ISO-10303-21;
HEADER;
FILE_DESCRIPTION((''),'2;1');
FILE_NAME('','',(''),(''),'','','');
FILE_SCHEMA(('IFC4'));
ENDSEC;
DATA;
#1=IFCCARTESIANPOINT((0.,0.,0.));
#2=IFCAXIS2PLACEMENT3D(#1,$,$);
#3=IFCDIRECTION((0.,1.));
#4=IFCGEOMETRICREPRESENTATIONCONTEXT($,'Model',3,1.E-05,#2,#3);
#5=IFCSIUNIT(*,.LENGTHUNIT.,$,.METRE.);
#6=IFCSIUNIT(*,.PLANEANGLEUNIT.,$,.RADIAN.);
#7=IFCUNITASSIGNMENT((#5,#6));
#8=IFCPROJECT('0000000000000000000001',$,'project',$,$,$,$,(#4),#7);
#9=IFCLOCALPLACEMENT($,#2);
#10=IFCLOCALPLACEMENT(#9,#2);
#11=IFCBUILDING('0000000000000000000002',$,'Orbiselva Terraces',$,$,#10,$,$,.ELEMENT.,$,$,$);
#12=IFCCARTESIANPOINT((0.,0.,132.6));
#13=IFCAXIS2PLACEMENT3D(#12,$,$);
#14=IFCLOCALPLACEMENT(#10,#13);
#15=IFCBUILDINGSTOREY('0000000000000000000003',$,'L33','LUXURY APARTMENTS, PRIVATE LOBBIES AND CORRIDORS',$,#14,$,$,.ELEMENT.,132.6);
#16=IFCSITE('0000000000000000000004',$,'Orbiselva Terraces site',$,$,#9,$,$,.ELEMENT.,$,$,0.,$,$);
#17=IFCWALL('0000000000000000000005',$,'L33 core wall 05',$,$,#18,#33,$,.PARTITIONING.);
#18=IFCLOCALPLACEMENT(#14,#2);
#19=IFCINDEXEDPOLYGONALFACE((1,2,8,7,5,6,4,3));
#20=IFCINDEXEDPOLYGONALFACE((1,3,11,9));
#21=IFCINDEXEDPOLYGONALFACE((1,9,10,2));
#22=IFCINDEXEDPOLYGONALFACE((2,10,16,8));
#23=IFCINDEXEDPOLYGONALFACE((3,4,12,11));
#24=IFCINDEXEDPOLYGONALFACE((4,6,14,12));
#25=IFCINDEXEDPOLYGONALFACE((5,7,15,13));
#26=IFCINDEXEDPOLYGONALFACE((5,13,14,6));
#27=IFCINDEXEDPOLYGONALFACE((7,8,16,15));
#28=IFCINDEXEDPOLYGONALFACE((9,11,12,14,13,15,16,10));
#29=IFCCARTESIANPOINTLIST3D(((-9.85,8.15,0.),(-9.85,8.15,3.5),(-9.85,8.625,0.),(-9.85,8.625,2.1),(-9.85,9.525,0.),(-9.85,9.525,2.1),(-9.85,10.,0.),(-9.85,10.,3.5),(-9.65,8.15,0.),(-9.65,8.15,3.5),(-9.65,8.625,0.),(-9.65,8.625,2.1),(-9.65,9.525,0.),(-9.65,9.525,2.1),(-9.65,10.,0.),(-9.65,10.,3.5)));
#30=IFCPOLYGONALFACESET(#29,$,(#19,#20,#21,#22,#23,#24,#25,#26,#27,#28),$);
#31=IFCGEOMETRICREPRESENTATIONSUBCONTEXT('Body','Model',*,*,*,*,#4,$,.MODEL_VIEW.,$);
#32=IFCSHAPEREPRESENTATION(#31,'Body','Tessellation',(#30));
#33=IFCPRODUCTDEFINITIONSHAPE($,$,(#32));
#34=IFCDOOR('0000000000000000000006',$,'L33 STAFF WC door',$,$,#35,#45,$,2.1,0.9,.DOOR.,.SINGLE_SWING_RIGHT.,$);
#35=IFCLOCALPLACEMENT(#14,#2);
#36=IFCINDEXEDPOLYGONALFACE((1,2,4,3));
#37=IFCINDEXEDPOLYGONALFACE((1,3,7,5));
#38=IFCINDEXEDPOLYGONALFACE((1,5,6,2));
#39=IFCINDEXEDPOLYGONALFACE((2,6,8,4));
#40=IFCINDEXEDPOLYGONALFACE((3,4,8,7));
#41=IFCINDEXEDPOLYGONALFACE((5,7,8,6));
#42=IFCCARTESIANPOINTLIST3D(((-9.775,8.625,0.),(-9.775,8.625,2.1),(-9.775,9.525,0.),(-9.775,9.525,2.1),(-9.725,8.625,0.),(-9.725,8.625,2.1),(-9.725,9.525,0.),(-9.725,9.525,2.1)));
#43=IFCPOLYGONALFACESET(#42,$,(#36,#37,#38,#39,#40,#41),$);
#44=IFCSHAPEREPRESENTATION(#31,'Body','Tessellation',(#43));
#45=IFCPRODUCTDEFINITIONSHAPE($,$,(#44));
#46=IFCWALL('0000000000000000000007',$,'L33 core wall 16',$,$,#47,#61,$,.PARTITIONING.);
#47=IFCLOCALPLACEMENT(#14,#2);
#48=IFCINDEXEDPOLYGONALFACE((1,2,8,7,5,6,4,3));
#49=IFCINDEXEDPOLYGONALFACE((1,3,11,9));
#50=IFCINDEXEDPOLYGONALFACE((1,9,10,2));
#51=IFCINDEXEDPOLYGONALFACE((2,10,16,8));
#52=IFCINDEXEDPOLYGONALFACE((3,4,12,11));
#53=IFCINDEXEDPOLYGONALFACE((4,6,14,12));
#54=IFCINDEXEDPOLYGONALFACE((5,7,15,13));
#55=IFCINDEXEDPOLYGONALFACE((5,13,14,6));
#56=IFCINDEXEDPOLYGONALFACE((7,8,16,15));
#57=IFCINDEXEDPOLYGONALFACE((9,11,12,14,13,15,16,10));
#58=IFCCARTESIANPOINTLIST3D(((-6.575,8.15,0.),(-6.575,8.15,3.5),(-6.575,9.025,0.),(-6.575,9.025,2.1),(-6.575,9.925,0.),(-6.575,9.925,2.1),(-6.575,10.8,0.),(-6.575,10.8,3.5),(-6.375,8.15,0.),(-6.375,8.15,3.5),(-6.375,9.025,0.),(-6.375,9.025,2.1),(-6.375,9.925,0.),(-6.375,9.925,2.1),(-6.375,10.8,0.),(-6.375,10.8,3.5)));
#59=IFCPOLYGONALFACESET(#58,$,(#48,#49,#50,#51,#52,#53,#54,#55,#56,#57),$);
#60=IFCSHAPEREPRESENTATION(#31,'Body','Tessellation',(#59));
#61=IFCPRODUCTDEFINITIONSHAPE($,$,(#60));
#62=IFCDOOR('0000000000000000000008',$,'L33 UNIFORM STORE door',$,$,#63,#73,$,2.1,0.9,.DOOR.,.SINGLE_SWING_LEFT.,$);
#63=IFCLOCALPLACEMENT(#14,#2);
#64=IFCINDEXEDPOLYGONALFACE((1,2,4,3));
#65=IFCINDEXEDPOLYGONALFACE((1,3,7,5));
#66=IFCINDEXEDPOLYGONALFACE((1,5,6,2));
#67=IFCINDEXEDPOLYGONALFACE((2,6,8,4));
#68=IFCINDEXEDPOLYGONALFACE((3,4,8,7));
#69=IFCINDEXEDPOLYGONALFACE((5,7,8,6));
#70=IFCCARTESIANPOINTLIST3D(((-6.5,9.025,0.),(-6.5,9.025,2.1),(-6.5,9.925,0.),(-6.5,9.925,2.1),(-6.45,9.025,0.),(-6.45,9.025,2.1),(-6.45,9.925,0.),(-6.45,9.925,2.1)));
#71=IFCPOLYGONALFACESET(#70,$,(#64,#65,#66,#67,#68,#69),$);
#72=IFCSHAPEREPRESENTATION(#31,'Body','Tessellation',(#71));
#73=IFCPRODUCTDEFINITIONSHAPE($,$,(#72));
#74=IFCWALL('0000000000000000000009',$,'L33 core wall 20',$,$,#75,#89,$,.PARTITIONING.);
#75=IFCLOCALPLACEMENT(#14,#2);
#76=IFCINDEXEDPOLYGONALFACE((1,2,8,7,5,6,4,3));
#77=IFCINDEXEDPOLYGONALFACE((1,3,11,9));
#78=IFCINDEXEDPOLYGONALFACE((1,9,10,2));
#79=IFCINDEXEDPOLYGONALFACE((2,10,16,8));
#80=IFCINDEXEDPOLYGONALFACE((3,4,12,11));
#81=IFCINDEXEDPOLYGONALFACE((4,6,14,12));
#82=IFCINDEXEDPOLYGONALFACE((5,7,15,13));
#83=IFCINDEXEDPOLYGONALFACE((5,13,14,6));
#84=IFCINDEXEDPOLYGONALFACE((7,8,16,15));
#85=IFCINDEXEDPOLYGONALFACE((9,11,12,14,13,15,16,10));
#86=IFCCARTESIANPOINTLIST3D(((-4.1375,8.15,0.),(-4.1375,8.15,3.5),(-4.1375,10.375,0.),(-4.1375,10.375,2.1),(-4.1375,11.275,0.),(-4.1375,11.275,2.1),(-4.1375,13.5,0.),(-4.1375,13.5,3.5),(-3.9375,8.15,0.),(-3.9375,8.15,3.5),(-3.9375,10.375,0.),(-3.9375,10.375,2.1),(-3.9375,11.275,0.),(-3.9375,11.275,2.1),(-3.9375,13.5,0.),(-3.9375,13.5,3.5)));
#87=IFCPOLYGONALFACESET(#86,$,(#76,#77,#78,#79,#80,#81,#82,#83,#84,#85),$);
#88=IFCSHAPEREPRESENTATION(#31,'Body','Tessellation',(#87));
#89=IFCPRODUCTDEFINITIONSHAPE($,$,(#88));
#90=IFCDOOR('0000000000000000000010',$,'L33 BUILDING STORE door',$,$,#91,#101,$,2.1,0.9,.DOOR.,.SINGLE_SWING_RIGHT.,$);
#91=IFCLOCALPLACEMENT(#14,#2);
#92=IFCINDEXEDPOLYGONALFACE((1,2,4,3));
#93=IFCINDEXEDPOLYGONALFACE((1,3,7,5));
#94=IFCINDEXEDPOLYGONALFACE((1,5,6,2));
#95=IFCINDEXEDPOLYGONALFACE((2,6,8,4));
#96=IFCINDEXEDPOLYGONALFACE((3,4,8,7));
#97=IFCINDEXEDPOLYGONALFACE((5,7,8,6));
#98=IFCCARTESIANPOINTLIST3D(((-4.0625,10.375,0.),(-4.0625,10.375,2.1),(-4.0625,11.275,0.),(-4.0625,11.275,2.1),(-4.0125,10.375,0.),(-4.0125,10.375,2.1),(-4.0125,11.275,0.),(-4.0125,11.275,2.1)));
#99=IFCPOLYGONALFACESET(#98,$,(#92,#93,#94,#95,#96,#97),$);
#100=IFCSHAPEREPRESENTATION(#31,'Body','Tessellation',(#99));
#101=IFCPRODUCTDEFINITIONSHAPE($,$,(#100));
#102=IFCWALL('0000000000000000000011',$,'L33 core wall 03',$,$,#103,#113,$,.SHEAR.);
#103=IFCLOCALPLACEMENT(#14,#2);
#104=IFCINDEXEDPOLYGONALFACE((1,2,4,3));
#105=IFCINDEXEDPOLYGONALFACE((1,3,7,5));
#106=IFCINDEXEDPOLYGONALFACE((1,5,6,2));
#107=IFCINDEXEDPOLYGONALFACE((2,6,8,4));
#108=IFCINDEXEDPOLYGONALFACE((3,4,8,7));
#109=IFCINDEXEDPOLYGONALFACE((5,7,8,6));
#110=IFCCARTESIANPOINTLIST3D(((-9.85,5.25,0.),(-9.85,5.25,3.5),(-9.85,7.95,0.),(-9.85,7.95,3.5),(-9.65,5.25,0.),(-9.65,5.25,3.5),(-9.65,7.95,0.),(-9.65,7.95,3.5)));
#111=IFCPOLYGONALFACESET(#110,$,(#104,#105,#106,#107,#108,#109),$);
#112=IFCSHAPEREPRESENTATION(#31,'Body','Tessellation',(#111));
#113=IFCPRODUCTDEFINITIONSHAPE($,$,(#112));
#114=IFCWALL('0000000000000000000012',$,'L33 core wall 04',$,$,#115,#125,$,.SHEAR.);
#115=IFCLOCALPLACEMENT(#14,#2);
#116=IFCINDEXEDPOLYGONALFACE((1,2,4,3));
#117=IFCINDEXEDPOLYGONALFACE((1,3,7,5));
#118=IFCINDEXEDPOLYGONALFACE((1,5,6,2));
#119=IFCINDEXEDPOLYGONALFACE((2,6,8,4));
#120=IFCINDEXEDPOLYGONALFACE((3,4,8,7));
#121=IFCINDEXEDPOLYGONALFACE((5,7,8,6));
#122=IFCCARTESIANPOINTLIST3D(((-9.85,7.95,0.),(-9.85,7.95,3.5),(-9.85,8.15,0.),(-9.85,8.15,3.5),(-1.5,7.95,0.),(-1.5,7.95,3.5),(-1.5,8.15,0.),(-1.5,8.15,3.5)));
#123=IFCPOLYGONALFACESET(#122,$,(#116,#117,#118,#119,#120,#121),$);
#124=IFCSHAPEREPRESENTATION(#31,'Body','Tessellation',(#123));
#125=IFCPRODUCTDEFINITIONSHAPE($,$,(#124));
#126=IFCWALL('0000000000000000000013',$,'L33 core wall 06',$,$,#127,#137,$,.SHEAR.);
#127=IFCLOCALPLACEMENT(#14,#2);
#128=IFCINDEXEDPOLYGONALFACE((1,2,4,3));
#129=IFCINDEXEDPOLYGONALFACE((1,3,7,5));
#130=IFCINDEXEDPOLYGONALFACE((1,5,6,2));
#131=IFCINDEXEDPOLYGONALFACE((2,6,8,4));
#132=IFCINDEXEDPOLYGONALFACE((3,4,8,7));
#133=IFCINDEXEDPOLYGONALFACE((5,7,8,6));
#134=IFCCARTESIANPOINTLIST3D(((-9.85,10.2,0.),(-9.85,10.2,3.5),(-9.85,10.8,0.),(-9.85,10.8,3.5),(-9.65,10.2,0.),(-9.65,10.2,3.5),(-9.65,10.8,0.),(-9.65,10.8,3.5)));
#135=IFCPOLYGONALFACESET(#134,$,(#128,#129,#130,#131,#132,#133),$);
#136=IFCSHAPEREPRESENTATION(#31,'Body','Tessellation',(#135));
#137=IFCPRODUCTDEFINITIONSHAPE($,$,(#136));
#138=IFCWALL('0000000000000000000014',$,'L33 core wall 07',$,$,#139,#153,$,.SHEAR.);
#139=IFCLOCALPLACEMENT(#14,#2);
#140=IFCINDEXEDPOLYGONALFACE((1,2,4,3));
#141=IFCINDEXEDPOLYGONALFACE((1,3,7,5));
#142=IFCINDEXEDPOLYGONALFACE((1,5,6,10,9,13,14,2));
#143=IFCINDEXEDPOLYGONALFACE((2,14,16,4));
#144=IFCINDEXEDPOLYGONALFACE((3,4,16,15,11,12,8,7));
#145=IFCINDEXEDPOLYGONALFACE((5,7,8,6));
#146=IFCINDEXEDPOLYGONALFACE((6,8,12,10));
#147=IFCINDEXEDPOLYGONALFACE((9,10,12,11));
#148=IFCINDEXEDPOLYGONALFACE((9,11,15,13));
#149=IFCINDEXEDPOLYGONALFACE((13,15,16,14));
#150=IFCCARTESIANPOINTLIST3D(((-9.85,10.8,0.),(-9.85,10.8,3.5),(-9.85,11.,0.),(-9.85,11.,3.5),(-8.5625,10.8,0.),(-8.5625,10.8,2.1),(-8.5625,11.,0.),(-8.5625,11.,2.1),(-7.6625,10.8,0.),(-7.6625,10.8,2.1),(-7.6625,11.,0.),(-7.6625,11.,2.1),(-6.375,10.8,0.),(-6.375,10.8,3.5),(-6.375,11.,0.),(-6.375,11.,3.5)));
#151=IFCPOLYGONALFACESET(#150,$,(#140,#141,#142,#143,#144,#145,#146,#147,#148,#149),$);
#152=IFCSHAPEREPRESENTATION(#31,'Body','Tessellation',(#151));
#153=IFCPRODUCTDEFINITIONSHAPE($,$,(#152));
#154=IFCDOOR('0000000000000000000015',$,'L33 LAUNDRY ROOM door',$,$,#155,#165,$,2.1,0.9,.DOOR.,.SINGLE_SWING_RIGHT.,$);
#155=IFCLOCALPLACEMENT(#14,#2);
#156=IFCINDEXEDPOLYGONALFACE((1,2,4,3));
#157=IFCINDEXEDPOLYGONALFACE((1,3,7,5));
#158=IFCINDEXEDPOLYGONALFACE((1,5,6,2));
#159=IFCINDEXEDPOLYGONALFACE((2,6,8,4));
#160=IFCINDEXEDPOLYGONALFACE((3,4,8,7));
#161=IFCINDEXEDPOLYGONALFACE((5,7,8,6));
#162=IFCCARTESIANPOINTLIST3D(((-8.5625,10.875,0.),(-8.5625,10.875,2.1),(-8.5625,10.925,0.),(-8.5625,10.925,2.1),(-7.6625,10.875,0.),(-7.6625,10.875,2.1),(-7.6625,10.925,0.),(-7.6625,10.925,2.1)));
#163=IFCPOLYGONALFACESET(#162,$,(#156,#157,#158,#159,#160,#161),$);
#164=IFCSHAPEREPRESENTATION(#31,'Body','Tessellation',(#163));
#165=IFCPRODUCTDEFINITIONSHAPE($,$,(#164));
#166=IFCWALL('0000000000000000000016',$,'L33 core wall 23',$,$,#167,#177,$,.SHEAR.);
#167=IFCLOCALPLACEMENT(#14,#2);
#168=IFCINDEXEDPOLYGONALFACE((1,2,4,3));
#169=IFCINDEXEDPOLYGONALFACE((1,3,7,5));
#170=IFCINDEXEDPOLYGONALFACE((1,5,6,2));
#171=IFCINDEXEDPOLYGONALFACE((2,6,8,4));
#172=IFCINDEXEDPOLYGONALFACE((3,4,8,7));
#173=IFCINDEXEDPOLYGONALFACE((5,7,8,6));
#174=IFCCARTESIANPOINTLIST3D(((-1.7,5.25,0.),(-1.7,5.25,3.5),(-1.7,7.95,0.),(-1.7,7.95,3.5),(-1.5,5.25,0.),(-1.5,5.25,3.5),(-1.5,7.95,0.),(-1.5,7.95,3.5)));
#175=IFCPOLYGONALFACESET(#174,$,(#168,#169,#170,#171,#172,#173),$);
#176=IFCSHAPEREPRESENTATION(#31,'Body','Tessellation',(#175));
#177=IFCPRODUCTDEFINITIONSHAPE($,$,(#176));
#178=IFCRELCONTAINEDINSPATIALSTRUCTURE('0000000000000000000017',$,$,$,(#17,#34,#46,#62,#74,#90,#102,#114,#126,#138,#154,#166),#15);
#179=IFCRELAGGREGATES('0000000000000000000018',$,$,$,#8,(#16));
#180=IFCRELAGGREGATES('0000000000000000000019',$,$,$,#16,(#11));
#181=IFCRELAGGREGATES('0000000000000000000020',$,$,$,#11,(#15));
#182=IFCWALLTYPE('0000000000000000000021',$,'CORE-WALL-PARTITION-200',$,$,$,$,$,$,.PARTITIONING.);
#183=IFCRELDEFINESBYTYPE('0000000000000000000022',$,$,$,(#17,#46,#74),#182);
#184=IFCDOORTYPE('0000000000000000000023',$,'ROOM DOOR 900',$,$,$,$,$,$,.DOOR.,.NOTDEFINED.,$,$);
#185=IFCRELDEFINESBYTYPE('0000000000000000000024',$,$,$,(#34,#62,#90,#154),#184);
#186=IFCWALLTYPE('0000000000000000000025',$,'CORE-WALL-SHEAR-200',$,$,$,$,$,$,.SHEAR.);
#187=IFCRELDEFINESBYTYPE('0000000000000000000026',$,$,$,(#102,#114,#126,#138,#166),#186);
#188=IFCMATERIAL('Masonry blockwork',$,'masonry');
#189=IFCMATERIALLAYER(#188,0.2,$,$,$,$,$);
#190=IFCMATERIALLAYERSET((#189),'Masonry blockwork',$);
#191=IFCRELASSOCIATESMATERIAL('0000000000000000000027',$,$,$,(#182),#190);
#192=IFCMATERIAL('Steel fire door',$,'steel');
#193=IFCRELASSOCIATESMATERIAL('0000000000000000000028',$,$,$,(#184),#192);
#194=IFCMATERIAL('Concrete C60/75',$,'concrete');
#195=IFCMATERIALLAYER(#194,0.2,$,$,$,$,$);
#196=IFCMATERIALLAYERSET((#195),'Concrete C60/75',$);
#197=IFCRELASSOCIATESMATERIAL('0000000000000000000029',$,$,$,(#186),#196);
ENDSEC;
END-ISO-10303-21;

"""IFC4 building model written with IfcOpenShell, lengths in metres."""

from ifc_helpers import new_model, si_unit, direction, frame, frame_2d, origin, place, context, subcontext, project, spatial, rectangle, extrude, material, layer, layer_set, type_object, element, fill, save


model = new_model("IFC4")

# Units and contexts
model_context = context("Model", 3, precision=1e-05, world=origin(), true_north=direction((0.0, 1.0)))
body_context = subcontext(model_context, "Body", "Model", "MODEL_VIEW")
ifc_project = project(units=[si_unit("LENGTHUNIT", "METRE"), si_unit("PLANEANGLEUNIT", "RADIAN")], contexts=[model_context])

# Site, building, storey
site_placement = place(None, origin())
site = spatial("IfcSite", under=ifc_project, at=site_placement, Name="Orbiselva Terraces site", CompositionType="ELEMENT", RefElevation=0.0)
building_placement = place(site_placement, origin())
building = spatial("IfcBuilding", under=site, at=building_placement, Name="Orbiselva Terraces", CompositionType="ELEMENT")
storey_placement = place(building_placement, frame((0.0, 0.0, 132.6)))
storey = spatial("IfcBuildingStorey", under=building, at=storey_placement, Name="L33", Description="LUXURY APARTMENTS, PRIVATE LOBBIES AND CORRIDORS", CompositionType="ELEMENT", Elevation=132.6)

# Walls, openings, doors
ifc_material_1 = material(Name="Masonry blockwork", Category="masonry")
ifc_layer_1 = layer(ifc_material_1, 0.2)
ifc_layer_set_1 = layer_set([ifc_layer_1], Name="Masonry blockwork")
wall_type_1 = type_object("IfcWallType", Name="CORE-WALL-PARTITION-200", PredefinedType="PARTITIONING", material=ifc_layer_set_1)
wall_1_placement = place(storey_placement, frame((-9.75, 8.15, 0.0), z_axis=(0.0, 0.0, 1.0), x_axis=(0.0, 1.0, 0.0)))
wall_1 = element("IfcWall", 1, at=wall_1_placement, inside=storey, type_object=wall_type_1, Name="L33 core wall 05", PredefinedType="PARTITIONING", context=body_context, shape_type="SweptSolid", body=[
    extrude(rectangle(XDim=1.85, YDim=0.2, at=frame_2d((0.925, 0.0))), origin(), (0.0, 0.0, 1.0), 3.5),
])
opening_1_placement = place(wall_1_placement, frame((0.475, 0.0, 0.0)))
opening_1 = element("IfcOpeningElement", 2, at=opening_1_placement, cuts=wall_1, PredefinedType="OPENING", context=body_context, shape_type="SweptSolid", body=[
    extrude(rectangle(XDim=0.9, YDim=2.1, at=frame_2d((0.45, 1.05))), frame((0.0, 0.11, 0.0), z_axis=(0.0, -1.0, 0.0), x_axis=(1.0, 0.0, 0.0)), (0.0, 0.0, 1.0), 0.22),
])
ifc_material_2 = material(Name="Steel fire door", Category="steel")
door_type = type_object("IfcDoorType", Name="ROOM DOOR 900", OperationType="NOTDEFINED", PredefinedType="DOOR", material=ifc_material_2)
door_1_placement = place(opening_1_placement, origin())
door_1 = element("IfcDoor", 3, at=door_1_placement, inside=storey, type_object=door_type, Name="L33 STAFF WC door", OperationType="SINGLE_SWING_RIGHT", OverallHeight=2.1, OverallWidth=0.9, PredefinedType="DOOR", context=body_context, shape_type="SweptSolid", body=[
    extrude(rectangle(XDim=0.9, YDim=2.1, at=frame_2d((0.45, 1.05))), frame((0.0, 0.025, 0.0), z_axis=(0.0, -1.0, 0.0), x_axis=(1.0, 0.0, 0.0)), (0.0, 0.0, 1.0), 0.05),
])
fill(opening_1, door_1)
wall_2_placement = place(storey_placement, frame((-6.475, 8.15, 0.0), z_axis=(0.0, 0.0, 1.0), x_axis=(0.0, 1.0, 0.0)))
wall_2 = element("IfcWall", 4, at=wall_2_placement, inside=storey, type_object=wall_type_1, Name="L33 core wall 16", PredefinedType="PARTITIONING", context=body_context, shape_type="SweptSolid", body=[
    extrude(rectangle(XDim=2.65, YDim=0.2, at=frame_2d((1.325, 0.0))), origin(), (0.0, 0.0, 1.0), 3.5),
])
opening_2_placement = place(wall_2_placement, frame((0.875, 0.0, 0.0)))
opening_2 = element("IfcOpeningElement", 5, at=opening_2_placement, cuts=wall_2, PredefinedType="OPENING", context=body_context, shape_type="SweptSolid", body=[
    extrude(rectangle(XDim=0.9, YDim=2.1, at=frame_2d((0.45, 1.05))), frame((0.0, 0.11, 0.0), z_axis=(0.0, -1.0, 0.0), x_axis=(1.0, 0.0, 0.0)), (0.0, 0.0, 1.0), 0.22),
])
door_2_placement = place(opening_2_placement, origin())
door_2 = element("IfcDoor", 6, at=door_2_placement, inside=storey, type_object=door_type, Name="L33 UNIFORM STORE door", OperationType="SINGLE_SWING_LEFT", OverallHeight=2.1, OverallWidth=0.9, PredefinedType="DOOR", context=body_context, shape_type="SweptSolid", body=[
    extrude(rectangle(XDim=0.9, YDim=2.1, at=frame_2d((0.45, 1.05))), frame((0.0, 0.025, 0.0), z_axis=(0.0, -1.0, 0.0), x_axis=(1.0, 0.0, 0.0)), (0.0, 0.0, 1.0), 0.05),
])
fill(opening_2, door_2)
wall_3_placement = place(storey_placement, frame((-4.0375, 8.15, 0.0), z_axis=(0.0, 0.0, 1.0), x_axis=(0.0, 1.0, 0.0)))
wall_3 = element("IfcWall", 7, at=wall_3_placement, inside=storey, type_object=wall_type_1, Name="L33 core wall 20", PredefinedType="PARTITIONING", context=body_context, shape_type="SweptSolid", body=[
    extrude(rectangle(XDim=5.35, YDim=0.2, at=frame_2d((2.675, 0.0))), origin(), (0.0, 0.0, 1.0), 3.5),
])
opening_3_placement = place(wall_3_placement, frame((2.225, 0.0, 0.0)))
opening_3 = element("IfcOpeningElement", 8, at=opening_3_placement, cuts=wall_3, PredefinedType="OPENING", context=body_context, shape_type="SweptSolid", body=[
    extrude(rectangle(XDim=0.9, YDim=2.1, at=frame_2d((0.45, 1.05))), frame((0.0, 0.11, 0.0), z_axis=(0.0, -1.0, 0.0), x_axis=(1.0, 0.0, 0.0)), (0.0, 0.0, 1.0), 0.22),
])
door_3_placement = place(opening_3_placement, origin())
door_3 = element("IfcDoor", 9, at=door_3_placement, inside=storey, type_object=door_type, Name="L33 BUILDING STORE door", OperationType="SINGLE_SWING_RIGHT", OverallHeight=2.1, OverallWidth=0.9, PredefinedType="DOOR", context=body_context, shape_type="SweptSolid", body=[
    extrude(rectangle(XDim=0.9, YDim=2.1, at=frame_2d((0.45, 1.05))), frame((0.0, 0.025, 0.0), z_axis=(0.0, -1.0, 0.0), x_axis=(1.0, 0.0, 0.0)), (0.0, 0.0, 1.0), 0.05),
])
fill(opening_3, door_3)

# Walls
ifc_material_3 = material(Name="Concrete C60/75", Category="concrete")
ifc_layer_2 = layer(ifc_material_3, 0.2)
ifc_layer_set_2 = layer_set([ifc_layer_2], Name="Concrete C60/75")
wall_type_2 = type_object("IfcWallType", Name="CORE-WALL-SHEAR-200", PredefinedType="SHEAR", material=ifc_layer_set_2)
wall_4_placement = place(storey_placement, frame((-9.75, 5.25, 0.0), z_axis=(0.0, 0.0, 1.0), x_axis=(0.0, 1.0, 0.0)))
element("IfcWall", 10, at=wall_4_placement, inside=storey, type_object=wall_type_2, Name="L33 core wall 03", PredefinedType="SHEAR", context=body_context, shape_type="SweptSolid", body=[
    extrude(rectangle(XDim=2.7, YDim=0.2, at=frame_2d((1.35, 0.0))), origin(), (0.0, 0.0, 1.0), 3.5),
])
wall_5_placement = place(storey_placement, frame((-9.85, 8.05, 0.0), z_axis=(0.0, 0.0, 1.0), x_axis=(1.0, 0.0, 0.0)))
element("IfcWall", 11, at=wall_5_placement, inside=storey, type_object=wall_type_2, Name="L33 core wall 04", PredefinedType="SHEAR", context=body_context, shape_type="SweptSolid", body=[
    extrude(rectangle(XDim=8.35, YDim=0.2, at=frame_2d((4.175, 0.0))), origin(), (0.0, 0.0, 1.0), 3.5),
])
wall_6_placement = place(storey_placement, frame((-9.75, 10.2, 0.0), z_axis=(0.0, 0.0, 1.0), x_axis=(0.0, 1.0, 0.0)))
element("IfcWall", 12, at=wall_6_placement, inside=storey, type_object=wall_type_2, Name="L33 core wall 06", PredefinedType="SHEAR", context=body_context, shape_type="SweptSolid", body=[
    extrude(rectangle(XDim=0.6, YDim=0.2, at=frame_2d((0.3, 0.0))), origin(), (0.0, 0.0, 1.0), 3.5),
])

# Wall, opening, door
wall_7_placement = place(storey_placement, frame((-9.85, 10.9, 0.0), z_axis=(0.0, 0.0, 1.0), x_axis=(1.0, 0.0, 0.0)))
wall_7 = element("IfcWall", 13, at=wall_7_placement, inside=storey, type_object=wall_type_2, Name="L33 core wall 07", PredefinedType="SHEAR", context=body_context, shape_type="SweptSolid", body=[
    extrude(rectangle(XDim=3.475, YDim=0.2, at=frame_2d((1.7375, 0.0))), origin(), (0.0, 0.0, 1.0), 3.5),
])
opening_4_placement = place(wall_7_placement, frame((1.2875, 0.0, 0.0)))
opening_4 = element("IfcOpeningElement", 14, at=opening_4_placement, cuts=wall_7, PredefinedType="OPENING", context=body_context, shape_type="SweptSolid", body=[
    extrude(rectangle(XDim=0.9, YDim=2.1, at=frame_2d((0.45, 1.05))), frame((0.0, 0.11, 0.0), z_axis=(0.0, -1.0, 0.0), x_axis=(1.0, 0.0, 0.0)), (0.0, 0.0, 1.0), 0.22),
])
door_4_placement = place(opening_4_placement, origin())
door_4 = element("IfcDoor", 15, at=door_4_placement, inside=storey, type_object=door_type, Name="L33 LAUNDRY ROOM door", OperationType="SINGLE_SWING_RIGHT", OverallHeight=2.1, OverallWidth=0.9, PredefinedType="DOOR", context=body_context, shape_type="SweptSolid", body=[
    extrude(rectangle(XDim=0.9, YDim=2.1, at=frame_2d((0.45, 1.05))), frame((0.0, 0.025, 0.0), z_axis=(0.0, -1.0, 0.0), x_axis=(1.0, 0.0, 0.0)), (0.0, 0.0, 1.0), 0.05),
])
fill(opening_4, door_4)

# Wall
wall_8_placement = place(storey_placement, frame((-1.6, 5.25, 0.0), z_axis=(0.0, 0.0, 1.0), x_axis=(0.0, 1.0, 0.0)))
element("IfcWall", 16, at=wall_8_placement, inside=storey, type_object=wall_type_2, Name="L33 core wall 23", PredefinedType="SHEAR", context=body_context, shape_type="SweptSolid", body=[
    extrude(rectangle(XDim=2.7, YDim=0.2, at=frame_2d((1.35, 0.0))), origin(), (0.0, 0.0, 1.0), 3.5),
])

save(model, "model.ifc")
